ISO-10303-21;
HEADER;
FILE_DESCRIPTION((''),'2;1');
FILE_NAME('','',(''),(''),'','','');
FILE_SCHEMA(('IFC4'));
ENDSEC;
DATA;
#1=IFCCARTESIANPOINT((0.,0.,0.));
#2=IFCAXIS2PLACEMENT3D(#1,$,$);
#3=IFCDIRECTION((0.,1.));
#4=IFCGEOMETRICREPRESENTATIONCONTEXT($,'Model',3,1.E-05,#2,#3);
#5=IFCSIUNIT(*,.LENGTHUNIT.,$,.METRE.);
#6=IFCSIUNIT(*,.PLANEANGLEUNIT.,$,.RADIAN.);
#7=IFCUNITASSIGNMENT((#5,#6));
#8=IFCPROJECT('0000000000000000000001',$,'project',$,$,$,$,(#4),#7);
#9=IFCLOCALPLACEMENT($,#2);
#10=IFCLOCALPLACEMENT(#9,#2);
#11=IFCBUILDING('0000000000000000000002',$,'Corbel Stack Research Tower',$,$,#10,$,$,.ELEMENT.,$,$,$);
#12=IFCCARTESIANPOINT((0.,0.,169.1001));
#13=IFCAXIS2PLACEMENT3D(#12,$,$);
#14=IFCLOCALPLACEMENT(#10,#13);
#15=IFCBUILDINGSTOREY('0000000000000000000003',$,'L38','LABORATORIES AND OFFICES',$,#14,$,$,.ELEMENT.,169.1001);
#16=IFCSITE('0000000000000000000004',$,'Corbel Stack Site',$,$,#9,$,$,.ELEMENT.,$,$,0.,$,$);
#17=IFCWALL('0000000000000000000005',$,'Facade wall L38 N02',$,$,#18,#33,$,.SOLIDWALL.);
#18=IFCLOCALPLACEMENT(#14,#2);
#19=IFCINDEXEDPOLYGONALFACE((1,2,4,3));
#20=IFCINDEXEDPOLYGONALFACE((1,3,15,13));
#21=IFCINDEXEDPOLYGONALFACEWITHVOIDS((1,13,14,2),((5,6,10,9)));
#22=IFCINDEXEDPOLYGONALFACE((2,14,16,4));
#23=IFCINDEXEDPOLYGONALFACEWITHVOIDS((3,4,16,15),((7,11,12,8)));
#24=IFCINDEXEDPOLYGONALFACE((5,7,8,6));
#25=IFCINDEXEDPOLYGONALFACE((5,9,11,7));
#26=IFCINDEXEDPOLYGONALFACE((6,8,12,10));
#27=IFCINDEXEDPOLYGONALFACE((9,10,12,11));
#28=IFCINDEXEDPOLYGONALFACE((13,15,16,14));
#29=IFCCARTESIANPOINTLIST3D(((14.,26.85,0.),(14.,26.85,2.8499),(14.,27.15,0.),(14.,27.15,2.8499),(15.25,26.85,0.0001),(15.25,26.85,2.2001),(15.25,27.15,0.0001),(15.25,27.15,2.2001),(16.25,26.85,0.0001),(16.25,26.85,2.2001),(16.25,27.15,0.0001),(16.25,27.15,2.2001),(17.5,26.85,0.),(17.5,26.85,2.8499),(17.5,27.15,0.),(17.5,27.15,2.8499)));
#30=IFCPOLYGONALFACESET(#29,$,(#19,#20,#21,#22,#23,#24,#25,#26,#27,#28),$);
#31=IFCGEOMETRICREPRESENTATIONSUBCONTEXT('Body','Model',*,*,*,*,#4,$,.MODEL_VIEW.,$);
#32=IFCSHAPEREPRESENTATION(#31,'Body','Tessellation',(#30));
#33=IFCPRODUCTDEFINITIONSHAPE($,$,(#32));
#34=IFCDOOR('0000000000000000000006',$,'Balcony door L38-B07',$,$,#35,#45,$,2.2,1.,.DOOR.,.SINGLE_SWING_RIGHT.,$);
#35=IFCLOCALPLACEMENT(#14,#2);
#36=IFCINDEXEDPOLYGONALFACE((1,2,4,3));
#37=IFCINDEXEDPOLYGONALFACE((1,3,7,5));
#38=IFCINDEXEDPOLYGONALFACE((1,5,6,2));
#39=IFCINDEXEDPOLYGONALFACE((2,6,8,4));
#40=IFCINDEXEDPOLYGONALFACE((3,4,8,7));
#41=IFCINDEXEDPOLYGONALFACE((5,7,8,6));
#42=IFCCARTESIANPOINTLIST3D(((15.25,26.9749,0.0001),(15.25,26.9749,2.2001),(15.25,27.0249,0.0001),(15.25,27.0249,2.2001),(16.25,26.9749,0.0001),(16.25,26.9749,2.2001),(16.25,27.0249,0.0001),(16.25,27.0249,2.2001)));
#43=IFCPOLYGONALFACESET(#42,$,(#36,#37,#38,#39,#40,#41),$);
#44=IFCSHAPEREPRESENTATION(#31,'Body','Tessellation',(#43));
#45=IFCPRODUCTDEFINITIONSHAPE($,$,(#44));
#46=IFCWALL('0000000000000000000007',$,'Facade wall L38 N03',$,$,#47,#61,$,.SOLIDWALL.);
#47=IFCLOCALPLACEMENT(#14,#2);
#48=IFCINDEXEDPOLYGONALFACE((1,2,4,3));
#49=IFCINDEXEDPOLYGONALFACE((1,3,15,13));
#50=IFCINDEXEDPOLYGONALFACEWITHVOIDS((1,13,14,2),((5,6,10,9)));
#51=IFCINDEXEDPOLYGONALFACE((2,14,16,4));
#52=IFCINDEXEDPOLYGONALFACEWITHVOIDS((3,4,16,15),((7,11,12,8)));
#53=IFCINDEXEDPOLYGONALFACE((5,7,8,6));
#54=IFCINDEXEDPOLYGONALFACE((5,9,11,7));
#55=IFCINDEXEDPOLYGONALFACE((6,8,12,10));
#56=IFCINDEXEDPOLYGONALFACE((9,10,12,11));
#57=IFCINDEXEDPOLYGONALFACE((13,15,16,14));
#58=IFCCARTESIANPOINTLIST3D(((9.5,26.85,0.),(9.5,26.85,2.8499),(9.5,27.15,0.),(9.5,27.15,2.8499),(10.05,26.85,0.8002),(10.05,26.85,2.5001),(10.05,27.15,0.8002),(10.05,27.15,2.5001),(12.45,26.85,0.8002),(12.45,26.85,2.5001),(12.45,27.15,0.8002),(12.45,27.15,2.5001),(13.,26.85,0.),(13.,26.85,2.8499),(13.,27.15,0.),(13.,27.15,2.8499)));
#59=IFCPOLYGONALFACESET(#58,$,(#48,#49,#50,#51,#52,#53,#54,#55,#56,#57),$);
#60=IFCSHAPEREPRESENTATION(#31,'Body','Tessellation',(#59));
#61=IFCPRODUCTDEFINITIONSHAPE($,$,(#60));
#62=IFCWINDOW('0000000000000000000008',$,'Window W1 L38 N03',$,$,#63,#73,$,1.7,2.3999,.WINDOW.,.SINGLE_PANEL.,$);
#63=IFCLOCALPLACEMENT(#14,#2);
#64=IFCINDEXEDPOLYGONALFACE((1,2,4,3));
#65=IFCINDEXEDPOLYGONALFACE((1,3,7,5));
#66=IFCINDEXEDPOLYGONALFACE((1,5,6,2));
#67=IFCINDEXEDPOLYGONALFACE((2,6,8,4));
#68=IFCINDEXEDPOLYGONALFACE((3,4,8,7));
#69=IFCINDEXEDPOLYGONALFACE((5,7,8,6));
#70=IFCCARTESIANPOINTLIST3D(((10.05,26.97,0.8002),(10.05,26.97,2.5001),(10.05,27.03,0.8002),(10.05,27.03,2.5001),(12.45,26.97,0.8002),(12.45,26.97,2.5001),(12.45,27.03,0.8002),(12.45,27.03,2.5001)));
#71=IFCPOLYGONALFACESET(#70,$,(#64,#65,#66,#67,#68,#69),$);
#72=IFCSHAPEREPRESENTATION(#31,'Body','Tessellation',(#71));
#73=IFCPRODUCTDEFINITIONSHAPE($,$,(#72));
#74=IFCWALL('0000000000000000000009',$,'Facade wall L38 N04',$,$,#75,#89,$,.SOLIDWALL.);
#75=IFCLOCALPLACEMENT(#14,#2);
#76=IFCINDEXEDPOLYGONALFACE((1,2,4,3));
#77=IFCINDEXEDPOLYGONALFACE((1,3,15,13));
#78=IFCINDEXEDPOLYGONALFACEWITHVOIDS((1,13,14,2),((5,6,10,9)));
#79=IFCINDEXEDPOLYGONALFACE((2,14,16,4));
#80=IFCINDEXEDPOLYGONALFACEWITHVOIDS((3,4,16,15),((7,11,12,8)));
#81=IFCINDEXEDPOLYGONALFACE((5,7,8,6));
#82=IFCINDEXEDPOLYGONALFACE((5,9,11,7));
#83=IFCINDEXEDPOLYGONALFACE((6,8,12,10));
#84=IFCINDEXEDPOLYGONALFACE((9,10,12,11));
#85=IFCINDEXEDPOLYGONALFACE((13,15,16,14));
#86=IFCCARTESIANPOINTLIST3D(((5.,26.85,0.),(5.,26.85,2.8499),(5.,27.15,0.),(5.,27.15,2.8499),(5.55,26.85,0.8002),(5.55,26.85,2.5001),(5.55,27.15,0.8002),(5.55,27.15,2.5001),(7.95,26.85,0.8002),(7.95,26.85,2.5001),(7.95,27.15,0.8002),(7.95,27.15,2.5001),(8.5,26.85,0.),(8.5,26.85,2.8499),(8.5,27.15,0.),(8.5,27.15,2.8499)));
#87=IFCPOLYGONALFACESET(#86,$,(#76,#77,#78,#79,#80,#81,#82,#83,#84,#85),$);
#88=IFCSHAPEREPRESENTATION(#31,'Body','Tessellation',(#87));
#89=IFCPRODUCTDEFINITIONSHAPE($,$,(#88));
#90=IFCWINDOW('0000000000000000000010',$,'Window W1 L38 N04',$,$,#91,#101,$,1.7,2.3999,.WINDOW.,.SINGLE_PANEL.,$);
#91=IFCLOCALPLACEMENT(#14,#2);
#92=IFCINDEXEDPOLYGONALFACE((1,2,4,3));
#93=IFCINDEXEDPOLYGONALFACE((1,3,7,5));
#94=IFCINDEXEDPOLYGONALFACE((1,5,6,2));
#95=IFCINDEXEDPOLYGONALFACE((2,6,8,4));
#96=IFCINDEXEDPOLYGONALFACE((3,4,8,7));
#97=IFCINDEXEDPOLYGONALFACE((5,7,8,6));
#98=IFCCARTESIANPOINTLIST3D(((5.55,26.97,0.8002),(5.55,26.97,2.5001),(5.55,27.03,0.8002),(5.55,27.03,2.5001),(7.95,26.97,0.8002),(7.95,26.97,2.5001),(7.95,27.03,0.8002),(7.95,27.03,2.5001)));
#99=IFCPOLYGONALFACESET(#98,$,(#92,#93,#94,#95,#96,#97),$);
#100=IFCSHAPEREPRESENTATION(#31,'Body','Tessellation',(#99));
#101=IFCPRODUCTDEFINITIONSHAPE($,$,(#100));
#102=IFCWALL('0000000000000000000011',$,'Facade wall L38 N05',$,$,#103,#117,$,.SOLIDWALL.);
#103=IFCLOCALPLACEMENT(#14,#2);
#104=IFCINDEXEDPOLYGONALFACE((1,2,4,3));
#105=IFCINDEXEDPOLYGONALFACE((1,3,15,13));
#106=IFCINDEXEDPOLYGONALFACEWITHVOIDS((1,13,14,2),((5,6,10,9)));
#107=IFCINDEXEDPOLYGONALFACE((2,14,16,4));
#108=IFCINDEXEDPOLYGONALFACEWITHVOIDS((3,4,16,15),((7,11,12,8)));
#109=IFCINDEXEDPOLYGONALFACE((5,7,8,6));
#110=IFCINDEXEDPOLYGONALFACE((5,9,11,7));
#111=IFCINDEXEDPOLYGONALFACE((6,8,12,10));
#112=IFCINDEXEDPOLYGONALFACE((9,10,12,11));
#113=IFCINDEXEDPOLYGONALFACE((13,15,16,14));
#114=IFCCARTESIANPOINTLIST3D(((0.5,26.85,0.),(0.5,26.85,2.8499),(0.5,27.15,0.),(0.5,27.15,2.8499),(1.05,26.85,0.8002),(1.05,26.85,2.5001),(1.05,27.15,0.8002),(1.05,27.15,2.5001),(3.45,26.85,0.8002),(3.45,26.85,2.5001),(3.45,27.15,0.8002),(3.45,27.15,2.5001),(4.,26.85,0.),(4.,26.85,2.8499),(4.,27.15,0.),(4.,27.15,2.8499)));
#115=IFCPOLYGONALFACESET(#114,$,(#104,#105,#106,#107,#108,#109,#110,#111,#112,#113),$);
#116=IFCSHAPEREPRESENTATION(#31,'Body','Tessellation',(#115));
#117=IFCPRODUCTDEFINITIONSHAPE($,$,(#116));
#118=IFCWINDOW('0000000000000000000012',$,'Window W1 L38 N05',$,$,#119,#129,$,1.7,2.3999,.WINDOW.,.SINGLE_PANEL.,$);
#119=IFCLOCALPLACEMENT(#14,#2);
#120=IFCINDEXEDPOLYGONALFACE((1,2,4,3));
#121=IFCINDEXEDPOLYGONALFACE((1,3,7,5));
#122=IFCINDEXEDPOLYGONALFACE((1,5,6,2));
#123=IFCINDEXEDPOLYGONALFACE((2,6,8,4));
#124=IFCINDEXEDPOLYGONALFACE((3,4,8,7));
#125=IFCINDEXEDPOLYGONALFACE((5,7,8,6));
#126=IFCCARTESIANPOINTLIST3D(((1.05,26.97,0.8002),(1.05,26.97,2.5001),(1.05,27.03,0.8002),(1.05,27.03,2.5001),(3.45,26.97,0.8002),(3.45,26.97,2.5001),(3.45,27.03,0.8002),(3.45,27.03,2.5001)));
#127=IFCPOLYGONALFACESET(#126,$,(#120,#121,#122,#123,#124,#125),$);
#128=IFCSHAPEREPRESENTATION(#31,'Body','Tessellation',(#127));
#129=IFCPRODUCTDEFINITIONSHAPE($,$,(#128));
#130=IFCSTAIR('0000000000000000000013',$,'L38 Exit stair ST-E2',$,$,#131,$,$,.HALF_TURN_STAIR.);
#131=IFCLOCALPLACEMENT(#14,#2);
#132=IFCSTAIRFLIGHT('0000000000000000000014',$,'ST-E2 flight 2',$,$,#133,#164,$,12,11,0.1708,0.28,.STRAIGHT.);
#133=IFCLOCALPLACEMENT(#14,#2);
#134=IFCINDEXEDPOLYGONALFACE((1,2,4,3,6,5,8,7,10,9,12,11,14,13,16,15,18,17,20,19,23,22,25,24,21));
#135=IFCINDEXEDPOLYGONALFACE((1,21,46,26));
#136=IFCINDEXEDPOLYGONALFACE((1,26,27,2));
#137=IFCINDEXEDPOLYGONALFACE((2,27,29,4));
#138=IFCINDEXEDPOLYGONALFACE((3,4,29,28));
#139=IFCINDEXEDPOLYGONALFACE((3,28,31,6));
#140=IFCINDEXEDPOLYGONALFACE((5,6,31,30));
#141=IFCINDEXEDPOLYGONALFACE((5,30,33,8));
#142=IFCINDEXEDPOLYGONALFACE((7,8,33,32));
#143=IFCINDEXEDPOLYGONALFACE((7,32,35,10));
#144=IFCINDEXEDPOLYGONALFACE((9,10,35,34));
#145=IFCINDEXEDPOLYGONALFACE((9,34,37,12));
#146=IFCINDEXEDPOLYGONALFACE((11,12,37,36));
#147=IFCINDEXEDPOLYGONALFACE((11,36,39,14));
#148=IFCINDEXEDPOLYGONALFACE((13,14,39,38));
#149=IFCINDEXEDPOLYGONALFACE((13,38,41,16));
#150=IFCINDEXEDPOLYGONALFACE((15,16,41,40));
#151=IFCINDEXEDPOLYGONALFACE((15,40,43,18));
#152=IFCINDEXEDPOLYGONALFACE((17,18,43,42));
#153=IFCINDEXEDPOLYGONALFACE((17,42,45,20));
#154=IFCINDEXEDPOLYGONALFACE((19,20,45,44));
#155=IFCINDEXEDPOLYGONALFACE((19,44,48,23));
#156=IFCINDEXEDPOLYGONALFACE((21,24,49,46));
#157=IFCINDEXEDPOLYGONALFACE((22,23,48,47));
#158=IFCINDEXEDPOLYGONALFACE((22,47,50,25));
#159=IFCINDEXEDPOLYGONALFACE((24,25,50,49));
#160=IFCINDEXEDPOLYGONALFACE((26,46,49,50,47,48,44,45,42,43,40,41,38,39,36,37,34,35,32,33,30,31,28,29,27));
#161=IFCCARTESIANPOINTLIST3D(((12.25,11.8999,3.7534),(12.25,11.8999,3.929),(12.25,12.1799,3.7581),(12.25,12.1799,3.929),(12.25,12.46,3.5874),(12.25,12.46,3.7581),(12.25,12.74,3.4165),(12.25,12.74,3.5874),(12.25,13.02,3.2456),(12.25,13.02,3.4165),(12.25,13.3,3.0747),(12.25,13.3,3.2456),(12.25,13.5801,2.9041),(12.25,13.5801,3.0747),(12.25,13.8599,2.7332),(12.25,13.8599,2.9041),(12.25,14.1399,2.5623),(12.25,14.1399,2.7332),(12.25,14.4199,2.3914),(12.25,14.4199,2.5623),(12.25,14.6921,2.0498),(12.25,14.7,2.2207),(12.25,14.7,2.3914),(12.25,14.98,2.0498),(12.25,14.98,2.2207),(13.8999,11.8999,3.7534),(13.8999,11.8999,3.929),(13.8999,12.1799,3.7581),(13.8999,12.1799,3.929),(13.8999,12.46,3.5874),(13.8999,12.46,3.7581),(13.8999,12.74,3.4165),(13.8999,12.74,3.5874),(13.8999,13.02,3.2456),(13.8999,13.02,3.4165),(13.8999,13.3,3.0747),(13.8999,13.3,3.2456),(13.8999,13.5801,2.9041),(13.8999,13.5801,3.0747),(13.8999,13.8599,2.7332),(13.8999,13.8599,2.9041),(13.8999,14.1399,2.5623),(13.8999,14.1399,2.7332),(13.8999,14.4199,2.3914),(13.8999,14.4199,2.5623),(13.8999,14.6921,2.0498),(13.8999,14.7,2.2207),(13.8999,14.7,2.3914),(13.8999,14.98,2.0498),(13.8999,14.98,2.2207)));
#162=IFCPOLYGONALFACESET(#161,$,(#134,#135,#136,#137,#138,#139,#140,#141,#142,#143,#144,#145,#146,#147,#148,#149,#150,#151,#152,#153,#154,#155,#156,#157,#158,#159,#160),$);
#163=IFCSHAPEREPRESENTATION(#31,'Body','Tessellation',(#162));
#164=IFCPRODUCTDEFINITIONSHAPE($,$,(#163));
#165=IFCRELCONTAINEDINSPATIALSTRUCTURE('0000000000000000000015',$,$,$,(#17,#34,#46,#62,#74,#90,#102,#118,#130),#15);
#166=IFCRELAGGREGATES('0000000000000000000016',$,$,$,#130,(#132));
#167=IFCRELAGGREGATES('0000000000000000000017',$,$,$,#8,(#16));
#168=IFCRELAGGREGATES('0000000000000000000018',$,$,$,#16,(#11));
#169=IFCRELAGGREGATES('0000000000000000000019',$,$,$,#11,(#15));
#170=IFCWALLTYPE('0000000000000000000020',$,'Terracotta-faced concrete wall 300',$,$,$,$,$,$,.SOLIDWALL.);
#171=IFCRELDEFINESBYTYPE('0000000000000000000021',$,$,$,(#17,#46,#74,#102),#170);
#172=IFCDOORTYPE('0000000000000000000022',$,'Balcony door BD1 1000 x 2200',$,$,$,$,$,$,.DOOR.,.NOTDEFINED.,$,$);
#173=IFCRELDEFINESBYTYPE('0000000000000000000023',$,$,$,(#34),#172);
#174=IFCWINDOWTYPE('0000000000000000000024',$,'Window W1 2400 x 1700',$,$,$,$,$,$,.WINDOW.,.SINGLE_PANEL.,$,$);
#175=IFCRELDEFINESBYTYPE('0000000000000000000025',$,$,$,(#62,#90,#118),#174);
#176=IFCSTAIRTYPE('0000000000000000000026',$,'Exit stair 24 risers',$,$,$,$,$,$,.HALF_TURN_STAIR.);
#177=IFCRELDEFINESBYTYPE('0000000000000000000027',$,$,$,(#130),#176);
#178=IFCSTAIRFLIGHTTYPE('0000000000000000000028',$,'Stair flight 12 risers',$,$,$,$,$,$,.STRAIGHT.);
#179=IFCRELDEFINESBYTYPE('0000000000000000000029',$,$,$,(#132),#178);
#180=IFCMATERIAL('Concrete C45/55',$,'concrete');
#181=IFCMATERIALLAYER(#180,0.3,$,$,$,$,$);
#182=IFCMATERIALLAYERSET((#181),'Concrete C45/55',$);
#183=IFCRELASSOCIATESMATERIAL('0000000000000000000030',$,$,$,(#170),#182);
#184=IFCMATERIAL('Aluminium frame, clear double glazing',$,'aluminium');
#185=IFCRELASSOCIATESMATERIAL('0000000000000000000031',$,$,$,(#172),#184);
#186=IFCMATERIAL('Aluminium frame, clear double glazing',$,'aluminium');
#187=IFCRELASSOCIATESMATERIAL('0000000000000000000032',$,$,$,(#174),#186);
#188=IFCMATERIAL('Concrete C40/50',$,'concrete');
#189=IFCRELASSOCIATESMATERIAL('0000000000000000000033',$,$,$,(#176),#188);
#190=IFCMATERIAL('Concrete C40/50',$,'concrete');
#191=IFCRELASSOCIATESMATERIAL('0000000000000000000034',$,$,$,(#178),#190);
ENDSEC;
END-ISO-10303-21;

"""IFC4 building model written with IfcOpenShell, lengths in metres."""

from ifc_helpers import new_model, si_unit, direction, frame, frame_2d, origin, place, context, subcontext, project, spatial, polyline, rectangle, outline, extrude, material, layer, layer_set, type_object, element, fill, aggregate, save


model = new_model("IFC4")

# Units and contexts
model_context = context("Model", 3, precision=1e-05, world=origin(), true_north=direction((0.0, 1.0)))
body_context = subcontext(model_context, "Body", "Model", "MODEL_VIEW")
ifc_project = project(units=[si_unit("LENGTHUNIT", "METRE"), si_unit("PLANEANGLEUNIT", "RADIAN")], contexts=[model_context])

# Site, building, storey
site_placement = place(None, origin())
site = spatial("IfcSite", under=ifc_project, at=site_placement, Name="Corbel Stack Site", CompositionType="ELEMENT", RefElevation=0.0)
building_placement = place(site_placement, origin())
building = spatial("IfcBuilding", under=site, at=building_placement, Name="Corbel Stack Research Tower", CompositionType="ELEMENT")
storey_placement = place(building_placement, frame((0.0, 0.0, 169.1001)))
storey = spatial("IfcBuildingStorey", under=building, at=storey_placement, Name="L38", Description="LABORATORIES AND OFFICES", CompositionType="ELEMENT", Elevation=169.1001)

# Wall, opening, door
ifc_material_1 = material(Name="Concrete C45/55", Category="concrete")
ifc_layer_1 = layer(ifc_material_1, 0.3)
ifc_layer_set_1 = layer_set([ifc_layer_1], Name="Concrete C45/55")
wall_type_1 = type_object("IfcWallType", Name="Terracotta-faced concrete wall 300", PredefinedType="SOLIDWALL", material=ifc_layer_set_1)
wall_1_placement = place(storey_placement, frame((14.0, 27.0, 0.0), z_axis=(0.0, 0.0, 1.0), x_axis=(1.0, 0.0, 0.0)))
wall_1 = element("IfcWall", 1, at=wall_1_placement, inside=storey, type_object=wall_type_1, Name="Facade wall L38 N02", PredefinedType="SOLIDWALL", context=body_context, shape_type="SweptSolid", body=[
    extrude(rectangle(XDim=3.5, YDim=0.3, at=frame_2d((1.75, 0.0))), origin(), (0.0, 0.0, 1.0), 2.8499),
])
opening_1_placement = place(wall_1_placement, frame((1.25, 0.0, 0.0)))
opening_1 = element("IfcOpeningElement", 2, at=opening_1_placement, cuts=wall_1, PredefinedType="OPENING", context=body_context, shape_type="SweptSolid", body=[
    extrude(rectangle(XDim=1.0, YDim=2.2, at=frame_2d((0.5, 1.1001))), frame((0.0, 0.1599, 0.0), z_axis=(0.0, -1.0, 0.0), x_axis=(1.0, 0.0, 0.0)), (0.0, 0.0, 1.0), 0.3201),
])
ifc_material_2 = material(Name="Aluminium frame, clear double glazing", Category="aluminium")
door_type_1 = type_object("IfcDoorType", Name="Balcony door BD1 1000 x 2200", OperationType="NOTDEFINED", PredefinedType="DOOR", material=ifc_material_2)
door_1_placement = place(opening_1_placement, origin())
door_1 = element("IfcDoor", 3, at=door_1_placement, inside=storey, type_object=door_type_1, Name="Balcony door L38-B07", OperationType="SINGLE_SWING_RIGHT", OverallHeight=2.2, OverallWidth=1.0, PredefinedType="DOOR", context=body_context, shape_type="SweptSolid", body=[
    extrude(rectangle(XDim=1.0, YDim=2.2, at=frame_2d((0.5, 1.1001))), frame((0.0, 0.0249, 0.0), z_axis=(0.0, -1.0, 0.0), x_axis=(1.0, 0.0, 0.0)), (0.0, 0.0, 1.0), 0.05),
])
fill(opening_1, door_1)

# Walls, openings, windows
wall_2_placement = place(storey_placement, frame((9.5, 27.0, 0.0), z_axis=(0.0, 0.0, 1.0), x_axis=(1.0, 0.0, 0.0)))
wall_2 = element("IfcWall", 4, at=wall_2_placement, inside=storey, type_object=wall_type_1, Name="Facade wall L38 N03", PredefinedType="SOLIDWALL", context=body_context, shape_type="SweptSolid", body=[
    extrude(rectangle(XDim=3.5, YDim=0.3, at=frame_2d((1.75, 0.0))), origin(), (0.0, 0.0, 1.0), 2.8499),
])
opening_2_placement = place(wall_2_placement, frame((0.55, 0.0, 0.8)))
opening_2 = element("IfcOpeningElement", 5, at=opening_2_placement, cuts=wall_2, PredefinedType="OPENING", context=body_context, shape_type="SweptSolid", body=[
    extrude(rectangle(XDim=2.3999, YDim=1.7, at=frame_2d((1.2, 0.8501))), frame((0.0, 0.1599, 0.0), z_axis=(0.0, -1.0, 0.0), x_axis=(1.0, 0.0, 0.0)), (0.0, 0.0, 1.0), 0.3201),
])
ifc_material_3 = material(Name="Aluminium frame, clear double glazing", Category="aluminium")
window_type = type_object("IfcWindowType", Name="Window W1 2400 x 1700", PartitioningType="SINGLE_PANEL", PredefinedType="WINDOW", material=ifc_material_3)
window_1_placement = place(opening_2_placement, origin())
window_1 = element("IfcWindow", 6, at=window_1_placement, inside=storey, type_object=window_type, Name="Window W1 L38 N03", OverallHeight=1.7, OverallWidth=2.3999, PartitioningType="SINGLE_PANEL", PredefinedType="WINDOW", context=body_context, shape_type="SweptSolid", body=[
    extrude(rectangle(XDim=2.3999, YDim=1.7, at=frame_2d((1.2, 0.8501))), frame((0.0, 0.03, 0.0), z_axis=(0.0, -1.0, 0.0), x_axis=(1.0, 0.0, 0.0)), (0.0, 0.0, 1.0), 0.0601),
])
fill(opening_2, window_1)
wall_3_placement = place(storey_placement, frame((5.0, 27.0, 0.0), z_axis=(0.0, 0.0, 1.0), x_axis=(1.0, 0.0, 0.0)))
wall_3 = element("IfcWall", 7, at=wall_3_placement, inside=storey, type_object=wall_type_1, Name="Facade wall L38 N04", PredefinedType="SOLIDWALL", context=body_context, shape_type="SweptSolid", body=[
    extrude(rectangle(XDim=3.5, YDim=0.3, at=frame_2d((1.75, 0.0))), origin(), (0.0, 0.0, 1.0), 2.8499),
])
opening_3_placement = place(wall_3_placement, frame((0.55, 0.0, 0.8)))
opening_3 = element("IfcOpeningElement", 8, at=opening_3_placement, cuts=wall_3, PredefinedType="OPENING", context=body_context, shape_type="SweptSolid", body=[
    extrude(rectangle(XDim=2.3999, YDim=1.7, at=frame_2d((1.2, 0.8501))), frame((0.0, 0.1599, 0.0), z_axis=(0.0, -1.0, 0.0), x_axis=(1.0, 0.0, 0.0)), (0.0, 0.0, 1.0), 0.3201),
])
window_2_placement = place(opening_3_placement, origin())
window_2 = element("IfcWindow", 9, at=window_2_placement, inside=storey, type_object=window_type, Name="Window W1 L38 N04", OverallHeight=1.7, OverallWidth=2.3999, PartitioningType="SINGLE_PANEL", PredefinedType="WINDOW", context=body_context, shape_type="SweptSolid", body=[
    extrude(rectangle(XDim=2.3999, YDim=1.7, at=frame_2d((1.2, 0.8501))), frame((0.0, 0.03, 0.0), z_axis=(0.0, -1.0, 0.0), x_axis=(1.0, 0.0, 0.0)), (0.0, 0.0, 1.0), 0.0601),
])
fill(opening_3, window_2)
wall_4_placement = place(storey_placement, frame((0.5, 27.0, 0.0), z_axis=(0.0, 0.0, 1.0), x_axis=(1.0, 0.0, 0.0)))
wall_4 = element("IfcWall", 10, at=wall_4_placement, inside=storey, type_object=wall_type_1, Name="Facade wall L38 N05", PredefinedType="SOLIDWALL", context=body_context, shape_type="SweptSolid", body=[
    extrude(rectangle(XDim=3.5, YDim=0.3, at=frame_2d((1.75, 0.0))), origin(), (0.0, 0.0, 1.0), 2.8499),
])
opening_4_placement = place(wall_4_placement, frame((0.55, 0.0, 0.8)))
opening_4 = element("IfcOpeningElement", 11, at=opening_4_placement, cuts=wall_4, PredefinedType="OPENING", context=body_context, shape_type="SweptSolid", body=[
    extrude(rectangle(XDim=2.3999, YDim=1.7, at=frame_2d((1.2, 0.8501))), frame((0.0, 0.1599, 0.0), z_axis=(0.0, -1.0, 0.0), x_axis=(1.0, 0.0, 0.0)), (0.0, 0.0, 1.0), 0.3201),
])
window_3_placement = place(opening_4_placement, origin())
window_3 = element("IfcWindow", 12, at=window_3_placement, inside=storey, type_object=window_type, Name="Window W1 L38 N05", OverallHeight=1.7, OverallWidth=2.3999, PartitioningType="SINGLE_PANEL", PredefinedType="WINDOW", context=body_context, shape_type="SweptSolid", body=[
    extrude(rectangle(XDim=2.3999, YDim=1.7, at=frame_2d((1.2, 0.8501))), frame((0.0, 0.03, 0.0), z_axis=(0.0, -1.0, 0.0), x_axis=(1.0, 0.0, 0.0)), (0.0, 0.0, 1.0), 0.0601),
])
fill(opening_4, window_3)

# Stair, stair flight
ifc_material_4 = material(Name="Concrete C40/50", Category="concrete")
stair_type = type_object("IfcStairType", Name="Exit stair 24 risers", PredefinedType="HALF_TURN_STAIR", material=ifc_material_4)
stair_placement = place(storey_placement, origin())
stair = element("IfcStair", 13, at=stair_placement, inside=storey, type_object=stair_type, Name="L38 Exit stair ST-E2", PredefinedType="HALF_TURN_STAIR")
ifc_material_5 = material(Name="Concrete C40/50", Category="concrete")
stair_flight_type = type_object("IfcStairFlightType", Name="Stair flight 12 risers", PredefinedType="STRAIGHT", material=ifc_material_5)
stair_flight_placement = place(storey_placement, frame((13.075, 14.98, 2.0498), z_axis=(0.0, 0.0, 1.0), x_axis=(0.0, -1.0, 0.0)))
stair_flight = element("IfcStairFlight", 14, at=stair_flight_placement, type_object=stair_flight_type, Name="ST-E2 flight 2", NumberOfRisers=12, NumberOfTreads=11, PredefinedType="STRAIGHT", RiserHeight=0.1708, TreadLength=0.28, context=body_context, shape_type="SweptSolid", body=[
    extrude(outline(polyline([(0.0, 0.0), (0.0, 0.1709), (0.28, 0.1709), (0.28, 0.3416), (0.5601, 0.3416), (0.5601, 0.5125), (0.8401, 0.5125), (0.8401, 0.6833), (1.1201, 0.6833), (1.1201, 0.8542), (1.3999, 0.8542), (1.3999, 1.0249), (1.6799, 1.0249), (1.6799, 1.1958), (1.96, 1.1958), (1.96, 1.3667), (2.24, 1.3667), (2.24, 1.5376), (2.52, 1.5376), (2.52, 1.7083), (2.8, 1.7083), (2.8, 1.8792), (3.0801, 1.8792), (3.0801, 2.05), (3.0801, 1.7036), (0.2878, 0.0), (0.0, 0.0)])), frame((0.0, 0.825, 0.0), z_axis=(0.0, -1.0, 0.0), x_axis=(1.0, 0.0, 0.0)), (0.0, 0.0, 1.0), 1.6499),
])
aggregate(stair, [stair_flight])

save(model, "model.ifc")
